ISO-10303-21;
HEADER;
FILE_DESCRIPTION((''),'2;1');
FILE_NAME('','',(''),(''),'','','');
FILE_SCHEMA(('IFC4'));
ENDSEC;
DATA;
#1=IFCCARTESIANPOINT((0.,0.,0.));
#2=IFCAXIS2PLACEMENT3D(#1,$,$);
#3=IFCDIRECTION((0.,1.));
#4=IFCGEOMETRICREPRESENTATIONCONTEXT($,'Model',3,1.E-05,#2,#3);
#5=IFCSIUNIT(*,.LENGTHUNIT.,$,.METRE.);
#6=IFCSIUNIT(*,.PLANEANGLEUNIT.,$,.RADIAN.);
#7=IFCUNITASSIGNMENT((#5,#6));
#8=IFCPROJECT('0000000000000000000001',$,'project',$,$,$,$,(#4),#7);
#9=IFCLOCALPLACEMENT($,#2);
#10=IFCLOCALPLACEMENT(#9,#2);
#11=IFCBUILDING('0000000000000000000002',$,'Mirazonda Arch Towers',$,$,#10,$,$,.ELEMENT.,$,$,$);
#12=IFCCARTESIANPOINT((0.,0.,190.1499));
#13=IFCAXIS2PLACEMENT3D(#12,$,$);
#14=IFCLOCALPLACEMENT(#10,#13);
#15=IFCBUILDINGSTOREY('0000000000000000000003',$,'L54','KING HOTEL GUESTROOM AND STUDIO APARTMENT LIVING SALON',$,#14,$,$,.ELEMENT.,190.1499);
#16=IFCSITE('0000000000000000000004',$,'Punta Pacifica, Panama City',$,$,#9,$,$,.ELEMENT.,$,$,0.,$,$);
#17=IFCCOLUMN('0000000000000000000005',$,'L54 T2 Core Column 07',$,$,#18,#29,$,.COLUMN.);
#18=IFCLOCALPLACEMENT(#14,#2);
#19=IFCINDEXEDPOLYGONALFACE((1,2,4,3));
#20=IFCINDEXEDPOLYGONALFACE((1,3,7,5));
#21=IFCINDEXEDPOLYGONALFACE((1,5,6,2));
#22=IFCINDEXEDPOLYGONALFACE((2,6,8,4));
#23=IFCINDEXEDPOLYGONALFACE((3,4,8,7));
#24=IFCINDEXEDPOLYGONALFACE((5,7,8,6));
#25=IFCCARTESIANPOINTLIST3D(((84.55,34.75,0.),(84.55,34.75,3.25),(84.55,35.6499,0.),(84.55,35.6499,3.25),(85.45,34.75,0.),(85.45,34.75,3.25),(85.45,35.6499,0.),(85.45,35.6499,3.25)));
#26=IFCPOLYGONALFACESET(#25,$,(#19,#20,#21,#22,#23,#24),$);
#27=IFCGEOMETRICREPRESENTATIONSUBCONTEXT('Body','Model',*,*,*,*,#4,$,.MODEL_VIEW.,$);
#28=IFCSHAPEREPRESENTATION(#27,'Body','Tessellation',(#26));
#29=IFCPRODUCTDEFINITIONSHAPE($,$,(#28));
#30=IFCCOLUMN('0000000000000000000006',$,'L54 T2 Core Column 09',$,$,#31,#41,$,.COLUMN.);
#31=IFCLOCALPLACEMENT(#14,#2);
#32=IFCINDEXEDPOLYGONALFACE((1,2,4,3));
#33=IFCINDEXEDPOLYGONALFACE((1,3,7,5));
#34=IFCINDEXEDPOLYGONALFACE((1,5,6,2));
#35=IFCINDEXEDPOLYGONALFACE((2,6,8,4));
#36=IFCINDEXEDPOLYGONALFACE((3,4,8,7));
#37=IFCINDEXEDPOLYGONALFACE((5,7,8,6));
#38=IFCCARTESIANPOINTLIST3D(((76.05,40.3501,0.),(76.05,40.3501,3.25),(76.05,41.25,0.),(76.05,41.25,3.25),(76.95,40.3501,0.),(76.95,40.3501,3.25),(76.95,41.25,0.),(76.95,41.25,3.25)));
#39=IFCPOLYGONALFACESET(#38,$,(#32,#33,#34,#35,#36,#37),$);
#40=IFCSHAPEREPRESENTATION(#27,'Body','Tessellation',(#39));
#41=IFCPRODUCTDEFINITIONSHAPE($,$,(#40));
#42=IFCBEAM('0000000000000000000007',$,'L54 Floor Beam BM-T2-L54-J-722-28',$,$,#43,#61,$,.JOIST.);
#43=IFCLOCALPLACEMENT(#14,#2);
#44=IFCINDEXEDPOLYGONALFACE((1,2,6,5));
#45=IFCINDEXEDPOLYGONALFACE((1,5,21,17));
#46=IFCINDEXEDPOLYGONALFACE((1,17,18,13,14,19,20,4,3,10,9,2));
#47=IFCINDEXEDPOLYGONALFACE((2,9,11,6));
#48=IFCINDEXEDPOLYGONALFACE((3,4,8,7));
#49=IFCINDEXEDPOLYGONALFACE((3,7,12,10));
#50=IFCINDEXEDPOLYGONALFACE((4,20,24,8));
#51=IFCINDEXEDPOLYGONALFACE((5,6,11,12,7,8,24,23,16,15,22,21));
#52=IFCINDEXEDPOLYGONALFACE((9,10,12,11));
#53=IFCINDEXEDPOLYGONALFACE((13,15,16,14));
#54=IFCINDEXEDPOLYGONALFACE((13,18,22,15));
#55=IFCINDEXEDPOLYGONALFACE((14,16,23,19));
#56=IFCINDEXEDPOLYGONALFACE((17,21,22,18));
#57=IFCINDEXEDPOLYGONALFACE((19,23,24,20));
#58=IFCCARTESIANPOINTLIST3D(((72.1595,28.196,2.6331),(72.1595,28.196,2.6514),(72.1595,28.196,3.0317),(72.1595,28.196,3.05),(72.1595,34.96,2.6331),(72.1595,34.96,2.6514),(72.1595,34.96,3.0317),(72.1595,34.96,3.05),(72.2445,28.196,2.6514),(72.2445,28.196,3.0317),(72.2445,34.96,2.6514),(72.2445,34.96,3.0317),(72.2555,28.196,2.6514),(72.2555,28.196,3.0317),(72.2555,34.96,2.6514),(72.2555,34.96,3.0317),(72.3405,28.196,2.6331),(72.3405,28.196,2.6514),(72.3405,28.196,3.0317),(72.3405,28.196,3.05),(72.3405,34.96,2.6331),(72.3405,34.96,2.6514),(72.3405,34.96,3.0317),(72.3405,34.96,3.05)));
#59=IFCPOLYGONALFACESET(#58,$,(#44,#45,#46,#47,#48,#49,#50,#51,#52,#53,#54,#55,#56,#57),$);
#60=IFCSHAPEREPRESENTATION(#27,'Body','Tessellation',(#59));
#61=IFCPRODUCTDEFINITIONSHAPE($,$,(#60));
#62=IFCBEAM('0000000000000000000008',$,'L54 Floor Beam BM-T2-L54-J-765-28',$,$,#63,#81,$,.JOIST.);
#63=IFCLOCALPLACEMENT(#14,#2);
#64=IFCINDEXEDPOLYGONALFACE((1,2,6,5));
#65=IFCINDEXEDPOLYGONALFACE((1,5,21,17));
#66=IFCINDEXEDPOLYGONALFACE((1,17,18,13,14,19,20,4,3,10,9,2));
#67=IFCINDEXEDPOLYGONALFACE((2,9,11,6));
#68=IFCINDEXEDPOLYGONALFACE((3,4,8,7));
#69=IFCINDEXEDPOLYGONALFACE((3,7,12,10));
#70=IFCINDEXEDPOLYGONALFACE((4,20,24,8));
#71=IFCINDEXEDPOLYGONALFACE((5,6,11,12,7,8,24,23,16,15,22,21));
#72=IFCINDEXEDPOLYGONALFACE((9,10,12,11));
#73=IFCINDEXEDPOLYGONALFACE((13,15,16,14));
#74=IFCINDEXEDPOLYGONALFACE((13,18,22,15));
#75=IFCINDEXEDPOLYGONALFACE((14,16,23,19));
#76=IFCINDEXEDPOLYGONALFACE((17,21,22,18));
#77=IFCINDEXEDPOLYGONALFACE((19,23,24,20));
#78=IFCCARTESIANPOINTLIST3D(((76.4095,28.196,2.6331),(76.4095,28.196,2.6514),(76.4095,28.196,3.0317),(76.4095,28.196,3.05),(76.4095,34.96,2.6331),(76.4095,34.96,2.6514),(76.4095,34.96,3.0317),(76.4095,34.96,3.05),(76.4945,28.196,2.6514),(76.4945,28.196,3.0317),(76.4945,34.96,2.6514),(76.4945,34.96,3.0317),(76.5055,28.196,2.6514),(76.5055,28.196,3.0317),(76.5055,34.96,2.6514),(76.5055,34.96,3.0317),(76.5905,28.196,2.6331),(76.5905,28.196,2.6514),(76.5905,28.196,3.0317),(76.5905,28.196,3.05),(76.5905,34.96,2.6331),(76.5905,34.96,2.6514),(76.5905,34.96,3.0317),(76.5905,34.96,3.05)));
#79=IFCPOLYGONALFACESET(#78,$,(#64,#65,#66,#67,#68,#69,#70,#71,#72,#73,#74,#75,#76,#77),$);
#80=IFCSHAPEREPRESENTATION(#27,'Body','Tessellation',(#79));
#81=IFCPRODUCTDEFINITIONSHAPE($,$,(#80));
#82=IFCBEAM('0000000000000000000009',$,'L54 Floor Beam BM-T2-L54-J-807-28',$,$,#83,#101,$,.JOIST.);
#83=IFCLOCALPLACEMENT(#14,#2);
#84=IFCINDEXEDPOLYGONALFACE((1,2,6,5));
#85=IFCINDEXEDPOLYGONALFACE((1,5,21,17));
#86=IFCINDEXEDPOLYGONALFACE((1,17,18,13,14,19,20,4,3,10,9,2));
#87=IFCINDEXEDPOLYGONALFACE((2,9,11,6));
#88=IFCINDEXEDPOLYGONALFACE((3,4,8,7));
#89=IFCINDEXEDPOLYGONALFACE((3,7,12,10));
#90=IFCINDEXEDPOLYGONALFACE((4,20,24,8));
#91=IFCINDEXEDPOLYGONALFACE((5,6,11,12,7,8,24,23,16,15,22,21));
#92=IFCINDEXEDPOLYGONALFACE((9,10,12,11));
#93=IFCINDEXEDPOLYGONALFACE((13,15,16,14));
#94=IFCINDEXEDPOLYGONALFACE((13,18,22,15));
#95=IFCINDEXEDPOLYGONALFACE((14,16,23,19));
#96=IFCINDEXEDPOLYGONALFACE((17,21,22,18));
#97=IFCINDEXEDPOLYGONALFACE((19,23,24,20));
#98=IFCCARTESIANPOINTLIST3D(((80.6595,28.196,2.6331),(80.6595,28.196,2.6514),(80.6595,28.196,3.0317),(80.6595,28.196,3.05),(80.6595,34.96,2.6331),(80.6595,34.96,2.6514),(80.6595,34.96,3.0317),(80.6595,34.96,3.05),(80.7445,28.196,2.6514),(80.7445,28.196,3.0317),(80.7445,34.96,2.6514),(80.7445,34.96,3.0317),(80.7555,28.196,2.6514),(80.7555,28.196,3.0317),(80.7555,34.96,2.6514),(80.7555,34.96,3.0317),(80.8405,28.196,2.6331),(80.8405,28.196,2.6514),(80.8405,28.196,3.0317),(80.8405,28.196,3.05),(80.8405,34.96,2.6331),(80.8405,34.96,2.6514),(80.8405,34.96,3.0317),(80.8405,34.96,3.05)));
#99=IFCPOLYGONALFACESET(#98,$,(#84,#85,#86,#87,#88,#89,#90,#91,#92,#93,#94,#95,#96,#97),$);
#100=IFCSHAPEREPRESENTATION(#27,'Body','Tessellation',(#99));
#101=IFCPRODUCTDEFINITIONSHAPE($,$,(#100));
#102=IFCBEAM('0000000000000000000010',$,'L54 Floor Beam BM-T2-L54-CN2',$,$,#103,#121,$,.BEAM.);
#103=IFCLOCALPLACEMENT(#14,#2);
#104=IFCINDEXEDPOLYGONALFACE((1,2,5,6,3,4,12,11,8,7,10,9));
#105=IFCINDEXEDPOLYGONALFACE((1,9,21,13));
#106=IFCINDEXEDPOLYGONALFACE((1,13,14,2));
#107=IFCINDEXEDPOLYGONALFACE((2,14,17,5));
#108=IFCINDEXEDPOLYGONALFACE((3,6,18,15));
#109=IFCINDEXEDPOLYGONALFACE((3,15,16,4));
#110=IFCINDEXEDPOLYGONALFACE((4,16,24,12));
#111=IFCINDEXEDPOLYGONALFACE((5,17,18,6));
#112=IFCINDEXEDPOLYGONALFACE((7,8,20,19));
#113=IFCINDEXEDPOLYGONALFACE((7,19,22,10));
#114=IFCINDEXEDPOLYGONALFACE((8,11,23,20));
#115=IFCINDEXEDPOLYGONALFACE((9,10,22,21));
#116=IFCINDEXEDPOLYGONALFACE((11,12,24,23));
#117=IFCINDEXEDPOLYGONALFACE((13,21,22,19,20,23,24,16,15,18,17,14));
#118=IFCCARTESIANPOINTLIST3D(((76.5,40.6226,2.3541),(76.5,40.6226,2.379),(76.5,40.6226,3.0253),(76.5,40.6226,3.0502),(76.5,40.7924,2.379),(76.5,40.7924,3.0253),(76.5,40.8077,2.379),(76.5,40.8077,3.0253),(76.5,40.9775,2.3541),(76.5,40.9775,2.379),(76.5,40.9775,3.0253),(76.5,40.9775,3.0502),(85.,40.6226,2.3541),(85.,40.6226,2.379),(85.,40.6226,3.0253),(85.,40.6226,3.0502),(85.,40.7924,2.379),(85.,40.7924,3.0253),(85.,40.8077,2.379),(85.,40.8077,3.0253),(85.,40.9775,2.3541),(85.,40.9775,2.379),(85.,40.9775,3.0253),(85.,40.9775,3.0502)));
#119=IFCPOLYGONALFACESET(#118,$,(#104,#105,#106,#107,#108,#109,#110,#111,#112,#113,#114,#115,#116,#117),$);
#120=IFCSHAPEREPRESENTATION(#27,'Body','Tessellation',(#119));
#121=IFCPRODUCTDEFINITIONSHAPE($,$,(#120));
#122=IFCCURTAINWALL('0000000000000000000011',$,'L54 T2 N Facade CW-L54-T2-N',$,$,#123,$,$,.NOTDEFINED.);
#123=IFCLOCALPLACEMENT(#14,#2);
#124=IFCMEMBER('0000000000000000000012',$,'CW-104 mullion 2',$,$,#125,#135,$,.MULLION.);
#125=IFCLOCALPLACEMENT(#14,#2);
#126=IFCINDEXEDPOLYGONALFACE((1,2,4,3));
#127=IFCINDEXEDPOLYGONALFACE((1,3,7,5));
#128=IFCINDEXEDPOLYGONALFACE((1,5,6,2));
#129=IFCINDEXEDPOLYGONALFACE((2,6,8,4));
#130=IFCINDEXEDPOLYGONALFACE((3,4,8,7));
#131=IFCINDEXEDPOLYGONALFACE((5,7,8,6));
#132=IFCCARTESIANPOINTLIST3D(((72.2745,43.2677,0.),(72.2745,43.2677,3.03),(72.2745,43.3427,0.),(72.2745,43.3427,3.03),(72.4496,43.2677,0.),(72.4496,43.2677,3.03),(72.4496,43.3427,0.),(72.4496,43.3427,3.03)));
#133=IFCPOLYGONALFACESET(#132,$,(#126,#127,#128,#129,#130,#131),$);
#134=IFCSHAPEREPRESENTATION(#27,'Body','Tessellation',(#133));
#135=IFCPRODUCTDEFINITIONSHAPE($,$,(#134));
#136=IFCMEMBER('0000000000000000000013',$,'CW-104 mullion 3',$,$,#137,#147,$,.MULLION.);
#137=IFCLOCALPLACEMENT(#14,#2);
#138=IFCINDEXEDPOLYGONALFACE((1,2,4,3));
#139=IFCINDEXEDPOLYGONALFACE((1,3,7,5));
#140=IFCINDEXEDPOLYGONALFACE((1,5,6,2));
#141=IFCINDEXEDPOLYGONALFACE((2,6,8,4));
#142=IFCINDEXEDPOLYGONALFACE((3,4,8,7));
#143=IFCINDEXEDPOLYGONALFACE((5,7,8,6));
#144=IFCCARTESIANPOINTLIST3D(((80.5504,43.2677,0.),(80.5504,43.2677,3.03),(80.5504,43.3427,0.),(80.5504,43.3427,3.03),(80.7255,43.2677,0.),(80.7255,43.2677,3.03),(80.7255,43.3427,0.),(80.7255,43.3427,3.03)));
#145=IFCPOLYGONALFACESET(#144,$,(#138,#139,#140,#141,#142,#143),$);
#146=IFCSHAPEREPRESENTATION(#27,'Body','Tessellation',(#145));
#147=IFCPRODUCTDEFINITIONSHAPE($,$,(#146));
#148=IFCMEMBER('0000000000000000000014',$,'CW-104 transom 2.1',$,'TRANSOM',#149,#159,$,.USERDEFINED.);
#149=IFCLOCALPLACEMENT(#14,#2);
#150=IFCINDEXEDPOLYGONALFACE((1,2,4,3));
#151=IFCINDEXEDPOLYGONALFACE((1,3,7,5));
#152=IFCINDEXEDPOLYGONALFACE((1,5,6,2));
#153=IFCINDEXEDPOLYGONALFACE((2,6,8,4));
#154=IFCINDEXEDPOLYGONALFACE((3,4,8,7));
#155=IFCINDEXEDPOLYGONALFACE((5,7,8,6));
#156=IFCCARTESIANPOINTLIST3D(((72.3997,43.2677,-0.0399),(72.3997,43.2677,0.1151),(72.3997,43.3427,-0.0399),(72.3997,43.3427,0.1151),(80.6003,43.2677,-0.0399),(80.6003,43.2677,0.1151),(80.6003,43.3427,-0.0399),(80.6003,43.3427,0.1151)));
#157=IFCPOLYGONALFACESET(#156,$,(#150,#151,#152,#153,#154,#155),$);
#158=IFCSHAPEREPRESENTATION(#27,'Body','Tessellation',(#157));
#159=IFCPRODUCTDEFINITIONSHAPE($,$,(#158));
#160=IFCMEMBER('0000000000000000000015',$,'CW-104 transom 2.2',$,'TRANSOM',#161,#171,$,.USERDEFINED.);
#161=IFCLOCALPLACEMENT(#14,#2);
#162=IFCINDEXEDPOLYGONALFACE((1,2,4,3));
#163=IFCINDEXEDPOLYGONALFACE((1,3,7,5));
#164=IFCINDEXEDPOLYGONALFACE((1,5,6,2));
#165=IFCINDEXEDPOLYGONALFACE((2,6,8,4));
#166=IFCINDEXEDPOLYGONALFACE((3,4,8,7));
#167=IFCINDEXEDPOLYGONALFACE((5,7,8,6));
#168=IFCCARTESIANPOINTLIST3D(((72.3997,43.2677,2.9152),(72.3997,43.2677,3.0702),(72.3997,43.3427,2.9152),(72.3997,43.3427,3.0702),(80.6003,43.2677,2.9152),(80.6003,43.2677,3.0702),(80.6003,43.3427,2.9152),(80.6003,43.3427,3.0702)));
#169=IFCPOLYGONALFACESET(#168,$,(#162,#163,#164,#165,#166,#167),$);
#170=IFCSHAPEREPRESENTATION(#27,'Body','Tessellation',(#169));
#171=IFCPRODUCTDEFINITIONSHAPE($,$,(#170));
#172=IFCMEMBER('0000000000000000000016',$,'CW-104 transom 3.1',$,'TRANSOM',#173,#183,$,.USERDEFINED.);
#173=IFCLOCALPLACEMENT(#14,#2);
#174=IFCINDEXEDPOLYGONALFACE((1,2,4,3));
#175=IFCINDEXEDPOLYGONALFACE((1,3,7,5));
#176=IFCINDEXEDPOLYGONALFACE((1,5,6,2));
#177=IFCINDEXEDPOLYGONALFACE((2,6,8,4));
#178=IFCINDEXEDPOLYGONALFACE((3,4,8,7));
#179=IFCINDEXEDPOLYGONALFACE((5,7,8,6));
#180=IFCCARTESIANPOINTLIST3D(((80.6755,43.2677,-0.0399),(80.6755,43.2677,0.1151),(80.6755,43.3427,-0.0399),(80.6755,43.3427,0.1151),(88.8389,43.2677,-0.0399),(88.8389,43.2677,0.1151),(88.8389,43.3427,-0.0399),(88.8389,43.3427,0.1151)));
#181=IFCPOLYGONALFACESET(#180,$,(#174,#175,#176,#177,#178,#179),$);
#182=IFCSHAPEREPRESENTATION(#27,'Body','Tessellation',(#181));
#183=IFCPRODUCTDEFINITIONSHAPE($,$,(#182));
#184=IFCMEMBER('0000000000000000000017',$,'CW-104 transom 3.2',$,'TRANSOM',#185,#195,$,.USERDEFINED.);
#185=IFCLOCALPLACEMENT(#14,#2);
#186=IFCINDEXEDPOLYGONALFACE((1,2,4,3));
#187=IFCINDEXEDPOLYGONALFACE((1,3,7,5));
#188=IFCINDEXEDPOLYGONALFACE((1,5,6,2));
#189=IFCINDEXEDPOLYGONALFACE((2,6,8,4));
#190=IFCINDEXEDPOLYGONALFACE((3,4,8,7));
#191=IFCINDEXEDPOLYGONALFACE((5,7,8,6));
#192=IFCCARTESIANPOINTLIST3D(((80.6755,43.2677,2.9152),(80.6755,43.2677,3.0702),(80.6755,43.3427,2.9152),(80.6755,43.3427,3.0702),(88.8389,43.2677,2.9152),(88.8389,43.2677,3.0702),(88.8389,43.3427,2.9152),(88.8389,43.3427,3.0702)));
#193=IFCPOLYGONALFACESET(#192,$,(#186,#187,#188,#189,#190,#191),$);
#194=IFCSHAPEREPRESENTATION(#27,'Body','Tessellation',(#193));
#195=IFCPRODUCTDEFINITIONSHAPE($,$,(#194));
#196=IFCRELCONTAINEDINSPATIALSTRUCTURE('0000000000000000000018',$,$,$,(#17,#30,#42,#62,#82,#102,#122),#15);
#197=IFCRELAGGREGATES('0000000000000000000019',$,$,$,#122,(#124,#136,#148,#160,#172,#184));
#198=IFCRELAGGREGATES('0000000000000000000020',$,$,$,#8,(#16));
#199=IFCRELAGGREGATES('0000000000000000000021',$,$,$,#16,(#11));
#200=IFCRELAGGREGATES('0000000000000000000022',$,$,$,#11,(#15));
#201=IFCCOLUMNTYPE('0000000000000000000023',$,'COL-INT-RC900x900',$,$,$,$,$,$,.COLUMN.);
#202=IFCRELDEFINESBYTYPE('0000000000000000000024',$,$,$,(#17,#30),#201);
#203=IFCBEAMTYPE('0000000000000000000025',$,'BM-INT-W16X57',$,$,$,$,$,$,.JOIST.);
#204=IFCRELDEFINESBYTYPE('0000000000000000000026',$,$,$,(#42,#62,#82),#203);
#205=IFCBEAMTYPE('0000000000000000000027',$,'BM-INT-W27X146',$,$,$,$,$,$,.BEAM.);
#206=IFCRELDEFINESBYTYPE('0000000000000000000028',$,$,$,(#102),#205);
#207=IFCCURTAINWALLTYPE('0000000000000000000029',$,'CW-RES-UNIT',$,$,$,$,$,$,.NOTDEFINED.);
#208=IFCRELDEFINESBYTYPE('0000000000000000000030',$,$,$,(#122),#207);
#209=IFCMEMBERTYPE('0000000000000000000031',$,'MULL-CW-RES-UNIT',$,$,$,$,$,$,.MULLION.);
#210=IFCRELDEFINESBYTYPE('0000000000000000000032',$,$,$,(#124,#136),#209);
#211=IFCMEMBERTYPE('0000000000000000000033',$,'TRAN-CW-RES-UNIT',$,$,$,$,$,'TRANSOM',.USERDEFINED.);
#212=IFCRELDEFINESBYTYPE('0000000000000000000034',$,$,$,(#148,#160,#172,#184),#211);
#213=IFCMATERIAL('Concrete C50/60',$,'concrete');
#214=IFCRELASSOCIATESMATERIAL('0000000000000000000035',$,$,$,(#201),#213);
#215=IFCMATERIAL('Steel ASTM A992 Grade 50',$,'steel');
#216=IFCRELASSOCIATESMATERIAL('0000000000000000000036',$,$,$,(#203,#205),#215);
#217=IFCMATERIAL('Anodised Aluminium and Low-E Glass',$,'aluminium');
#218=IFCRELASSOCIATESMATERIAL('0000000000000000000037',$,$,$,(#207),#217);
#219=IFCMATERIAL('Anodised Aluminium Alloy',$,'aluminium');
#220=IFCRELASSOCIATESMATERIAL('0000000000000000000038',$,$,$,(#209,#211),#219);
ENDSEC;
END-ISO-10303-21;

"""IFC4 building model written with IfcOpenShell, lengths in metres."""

from ifc_helpers import new_model, si_unit, direction, frame, origin, origin_2d, place, context, subcontext, project, spatial, rectangle, i_section, extrude, material, material_profile, profile_set, type_object, element, aggregate, save


model = new_model("IFC4")

# Units and contexts
model_context = context("Model", 3, precision=1e-05, world=origin(), true_north=direction((0.0, 1.0)))
body_context = subcontext(model_context, "Body", "Model", "MODEL_VIEW")
ifc_project = project(units=[si_unit("LENGTHUNIT", "METRE"), si_unit("PLANEANGLEUNIT", "RADIAN")], contexts=[model_context])

# Site, building, storey
site_placement = place(None, origin())
site = spatial("IfcSite", under=ifc_project, at=site_placement, Name="Punta Pacifica, Panama City", CompositionType="ELEMENT", RefElevation=0.0)
building_placement = place(site_placement, origin())
building = spatial("IfcBuilding", under=site, at=building_placement, Name="Mirazonda Arch Towers", CompositionType="ELEMENT")
storey_placement = place(building_placement, frame((0.0, 0.0, 190.1499)))
storey = spatial("IfcBuildingStorey", under=building, at=storey_placement, Name="L54", Description="KING HOTEL GUESTROOM AND STUDIO APARTMENT LIVING SALON", CompositionType="ELEMENT", Elevation=190.1499)

# Columns
ifc_material_1 = material(Name="Concrete C50/60", Category="concrete")
ifc_material_profile_1 = material_profile(ifc_material_1, rectangle(XDim=0.8999, YDim=0.8999, at=origin_2d()), Name="RC900x900")
ifc_profile_set_1 = profile_set([ifc_material_profile_1], Name="Concrete C50/60")
column_type = type_object("IfcColumnType", Name="COL-INT-RC900x900", PredefinedType="COLUMN", material=ifc_profile_set_1)
for number, where, z_axis, x_axis, name in (
    (1, (85.0, 35.2, 0.0), (0.0, 0.0, 1.0), (1.0, 0.0, 0.0), "L54 T2 Core Column 07"),
    (2, (76.5, 40.8, 0.0), (0.0, 0.0, 1.0), (1.0, 0.0, 0.0), "L54 T2 Core Column 09"),
):
    element("IfcColumn", number, at=place(storey_placement, frame(where, z_axis=z_axis, x_axis=x_axis)), inside=storey, type_object=column_type, Name=name, PredefinedType="COLUMN", context=body_context, shape_type="SweptSolid", body=[
        extrude(rectangle(XDim=0.8999, YDim=0.8999, at=origin_2d()), origin(), (0.0, 0.0, 1.0), 3.25),
    ])

# Beams
ifc_material_2 = material(Name="Steel ASTM A992 Grade 50", Category="steel")
ifc_material_profile_2 = material_profile(ifc_material_2, i_section(OverallWidth=0.1809, OverallDepth=0.417, WebThickness=0.011, FlangeThickness=0.0183, at=origin_2d()), Name="W16X57")
ifc_profile_set_2 = profile_set([ifc_material_profile_2], Name="Steel ASTM A992 Grade 50")
beam_type_1 = type_object("IfcBeamType", Name="BM-INT-W16X57", PredefinedType="JOIST", material=ifc_profile_set_2)
for number, where, z_axis, x_axis, name in (
    (3, (72.25, 28.196, 2.8416), (0.0, 1.0, 0.0), (-1.0, 0.0, 0.0), "L54 Floor Beam BM-T2-L54-J-722-28"),
    (4, (76.5, 28.196, 2.8416), (0.0, 1.0, 0.0), (-1.0, 0.0, 0.0), "L54 Floor Beam BM-T2-L54-J-765-28"),
    (5, (80.75, 28.196, 2.8416), (0.0, 1.0, 0.0), (-1.0, 0.0, 0.0), "L54 Floor Beam BM-T2-L54-J-807-28"),
):
    element("IfcBeam", number, at=place(storey_placement, frame(where, z_axis=z_axis, x_axis=x_axis)), inside=storey, type_object=beam_type_1, Name=name, PredefinedType="JOIST", context=body_context, shape_type="SweptSolid", body=[
        extrude(i_section(OverallWidth=0.1809, OverallDepth=0.417, WebThickness=0.011, FlangeThickness=0.0183, at=origin_2d()), origin(), (0.0, 0.0, 1.0), 6.7639),
    ])
ifc_material_profile_3 = material_profile(ifc_material_2, i_section(OverallWidth=0.355, OverallDepth=0.696, WebThickness=0.0154, FlangeThickness=0.0249, at=origin_2d()), Name="W27X146")
ifc_profile_set_3 = profile_set([ifc_material_profile_3], Name="Steel ASTM A992 Grade 50")
beam_type_2 = type_object("IfcBeamType", Name="BM-INT-W27X146", PredefinedType="BEAM", material=ifc_profile_set_3)
beam_placement = place(storey_placement, frame((76.5, 40.8, 2.7021), z_axis=(1.0, 0.0, 0.0), x_axis=(0.0, 1.0, 0.0)))
element("IfcBeam", 6, at=beam_placement, inside=storey, type_object=beam_type_2, Name="L54 Floor Beam BM-T2-L54-CN2", PredefinedType="BEAM", context=body_context, shape_type="SweptSolid", body=[
    extrude(i_section(OverallWidth=0.355, OverallDepth=0.696, WebThickness=0.0154, FlangeThickness=0.0249, at=origin_2d()), origin(), (0.0, 0.0, 1.0), 8.5),
])

# Curtain wall, members
ifc_material_3 = material(Name="Anodised Aluminium and Low-E Glass", Category="aluminium")
curtain_wall_type = type_object("IfcCurtainWallType", Name="CW-RES-UNIT", PredefinedType="NOTDEFINED", material=ifc_material_3)
curtain_wall_placement = place(storey_placement, origin())
curtain_wall = element("IfcCurtainWall", 7, at=curtain_wall_placement, inside=storey, type_object=curtain_wall_type, Name="L54 T2 N Facade CW-L54-T2-N", PredefinedType="NOTDEFINED")
ifc_material_4 = material(Name="Anodised Aluminium Alloy", Category="aluminium")
ifc_material_profile_4 = material_profile(ifc_material_4, rectangle(XDim=0.075, YDim=0.175, at=origin_2d()), Name="ALU-MULL-75x175")
ifc_profile_set_4 = profile_set([ifc_material_profile_4], Name="Anodised Aluminium Alloy")
member_type_1 = type_object("IfcMemberType", Name="MULL-CW-RES-UNIT", PredefinedType="MULLION", material=ifc_profile_set_4)
member_1_placement = place(storey_placement, frame((72.3621, 43.3052, 0.0), z_axis=(0.0, 0.0, 1.0), x_axis=(0.0, 1.0, 0.0)))
member_1 = element("IfcMember", 8, at=member_1_placement, type_object=member_type_1, Name="CW-104 mullion 2", PredefinedType="MULLION", context=body_context, shape_type="SweptSolid", body=[
    extrude(rectangle(XDim=0.075, YDim=0.175, at=origin_2d()), origin(), (0.0, 0.0, 1.0), 3.03),
])
member_2_placement = place(storey_placement, frame((80.6379, 43.3052, 0.0), z_axis=(0.0, 0.0, 1.0), x_axis=(0.0, 1.0, 0.0)))
member_2 = element("IfcMember", 9, at=member_2_placement, type_object=member_type_1, Name="CW-104 mullion 3", PredefinedType="MULLION", context=body_context, shape_type="SweptSolid", body=[
    extrude(rectangle(XDim=0.075, YDim=0.175, at=origin_2d()), origin(), (0.0, 0.0, 1.0), 3.03),
])
ifc_material_profile_5 = material_profile(ifc_material_4, rectangle(XDim=0.075, YDim=0.155, at=origin_2d()), Name="ALU-TRAN-75x155")
ifc_profile_set_5 = profile_set([ifc_material_profile_5], Name="Anodised Aluminium Alloy")
member_type_2 = type_object("IfcMemberType", Name="TRAN-CW-RES-UNIT", ElementType="TRANSOM", PredefinedType="USERDEFINED", material=ifc_profile_set_5)
member_3_placement = place(storey_placement, frame((72.3997, 43.3052, 0.0376), z_axis=(1.0, 0.0, 0.0), x_axis=(0.0, 1.0, 0.0)))
member_3 = element("IfcMember", 10, at=member_3_placement, type_object=member_type_2, Name="CW-104 transom 2.1", ObjectType="TRANSOM", PredefinedType="USERDEFINED", context=body_context, shape_type="SweptSolid", body=[
    extrude(rectangle(XDim=0.075, YDim=0.155, at=origin_2d()), origin(), (0.0, 0.0, 1.0), 8.2007),
])
member_4_placement = place(storey_placement, frame((72.3997, 43.3052, 2.9927), z_axis=(1.0, 0.0, 0.0), x_axis=(0.0, 1.0, 0.0)))
member_4 = element("IfcMember", 11, at=member_4_placement, type_object=member_type_2, Name="CW-104 transom 2.2", ObjectType="TRANSOM", PredefinedType="USERDEFINED", context=body_context, shape_type="SweptSolid", body=[
    extrude(rectangle(XDim=0.075, YDim=0.155, at=origin_2d()), origin(), (0.0, 0.0, 1.0), 8.2007),
])
member_5_placement = place(storey_placement, frame((80.6755, 43.3052, 0.0376), z_axis=(1.0, 0.0, 0.0), x_axis=(0.0, 1.0, 0.0)))
member_5 = element("IfcMember", 12, at=member_5_placement, type_object=member_type_2, Name="CW-104 transom 3.1", ObjectType="TRANSOM", PredefinedType="USERDEFINED", context=body_context, shape_type="SweptSolid", body=[
    extrude(rectangle(XDim=0.075, YDim=0.155, at=origin_2d()), origin(), (0.0, 0.0, 1.0), 8.1633),
])
member_6_placement = place(storey_placement, frame((80.6755, 43.3052, 2.9927), z_axis=(1.0, 0.0, 0.0), x_axis=(0.0, 1.0, 0.0)))
member_6 = element("IfcMember", 13, at=member_6_placement, type_object=member_type_2, Name="CW-104 transom 3.2", ObjectType="TRANSOM", PredefinedType="USERDEFINED", context=body_context, shape_type="SweptSolid", body=[
    extrude(rectangle(XDim=0.075, YDim=0.155, at=origin_2d()), origin(), (0.0, 0.0, 1.0), 8.1633),
])
aggregate(curtain_wall, [member_1, member_2, member_3, member_4, member_5, member_6])

save(model, "model.ifc")
